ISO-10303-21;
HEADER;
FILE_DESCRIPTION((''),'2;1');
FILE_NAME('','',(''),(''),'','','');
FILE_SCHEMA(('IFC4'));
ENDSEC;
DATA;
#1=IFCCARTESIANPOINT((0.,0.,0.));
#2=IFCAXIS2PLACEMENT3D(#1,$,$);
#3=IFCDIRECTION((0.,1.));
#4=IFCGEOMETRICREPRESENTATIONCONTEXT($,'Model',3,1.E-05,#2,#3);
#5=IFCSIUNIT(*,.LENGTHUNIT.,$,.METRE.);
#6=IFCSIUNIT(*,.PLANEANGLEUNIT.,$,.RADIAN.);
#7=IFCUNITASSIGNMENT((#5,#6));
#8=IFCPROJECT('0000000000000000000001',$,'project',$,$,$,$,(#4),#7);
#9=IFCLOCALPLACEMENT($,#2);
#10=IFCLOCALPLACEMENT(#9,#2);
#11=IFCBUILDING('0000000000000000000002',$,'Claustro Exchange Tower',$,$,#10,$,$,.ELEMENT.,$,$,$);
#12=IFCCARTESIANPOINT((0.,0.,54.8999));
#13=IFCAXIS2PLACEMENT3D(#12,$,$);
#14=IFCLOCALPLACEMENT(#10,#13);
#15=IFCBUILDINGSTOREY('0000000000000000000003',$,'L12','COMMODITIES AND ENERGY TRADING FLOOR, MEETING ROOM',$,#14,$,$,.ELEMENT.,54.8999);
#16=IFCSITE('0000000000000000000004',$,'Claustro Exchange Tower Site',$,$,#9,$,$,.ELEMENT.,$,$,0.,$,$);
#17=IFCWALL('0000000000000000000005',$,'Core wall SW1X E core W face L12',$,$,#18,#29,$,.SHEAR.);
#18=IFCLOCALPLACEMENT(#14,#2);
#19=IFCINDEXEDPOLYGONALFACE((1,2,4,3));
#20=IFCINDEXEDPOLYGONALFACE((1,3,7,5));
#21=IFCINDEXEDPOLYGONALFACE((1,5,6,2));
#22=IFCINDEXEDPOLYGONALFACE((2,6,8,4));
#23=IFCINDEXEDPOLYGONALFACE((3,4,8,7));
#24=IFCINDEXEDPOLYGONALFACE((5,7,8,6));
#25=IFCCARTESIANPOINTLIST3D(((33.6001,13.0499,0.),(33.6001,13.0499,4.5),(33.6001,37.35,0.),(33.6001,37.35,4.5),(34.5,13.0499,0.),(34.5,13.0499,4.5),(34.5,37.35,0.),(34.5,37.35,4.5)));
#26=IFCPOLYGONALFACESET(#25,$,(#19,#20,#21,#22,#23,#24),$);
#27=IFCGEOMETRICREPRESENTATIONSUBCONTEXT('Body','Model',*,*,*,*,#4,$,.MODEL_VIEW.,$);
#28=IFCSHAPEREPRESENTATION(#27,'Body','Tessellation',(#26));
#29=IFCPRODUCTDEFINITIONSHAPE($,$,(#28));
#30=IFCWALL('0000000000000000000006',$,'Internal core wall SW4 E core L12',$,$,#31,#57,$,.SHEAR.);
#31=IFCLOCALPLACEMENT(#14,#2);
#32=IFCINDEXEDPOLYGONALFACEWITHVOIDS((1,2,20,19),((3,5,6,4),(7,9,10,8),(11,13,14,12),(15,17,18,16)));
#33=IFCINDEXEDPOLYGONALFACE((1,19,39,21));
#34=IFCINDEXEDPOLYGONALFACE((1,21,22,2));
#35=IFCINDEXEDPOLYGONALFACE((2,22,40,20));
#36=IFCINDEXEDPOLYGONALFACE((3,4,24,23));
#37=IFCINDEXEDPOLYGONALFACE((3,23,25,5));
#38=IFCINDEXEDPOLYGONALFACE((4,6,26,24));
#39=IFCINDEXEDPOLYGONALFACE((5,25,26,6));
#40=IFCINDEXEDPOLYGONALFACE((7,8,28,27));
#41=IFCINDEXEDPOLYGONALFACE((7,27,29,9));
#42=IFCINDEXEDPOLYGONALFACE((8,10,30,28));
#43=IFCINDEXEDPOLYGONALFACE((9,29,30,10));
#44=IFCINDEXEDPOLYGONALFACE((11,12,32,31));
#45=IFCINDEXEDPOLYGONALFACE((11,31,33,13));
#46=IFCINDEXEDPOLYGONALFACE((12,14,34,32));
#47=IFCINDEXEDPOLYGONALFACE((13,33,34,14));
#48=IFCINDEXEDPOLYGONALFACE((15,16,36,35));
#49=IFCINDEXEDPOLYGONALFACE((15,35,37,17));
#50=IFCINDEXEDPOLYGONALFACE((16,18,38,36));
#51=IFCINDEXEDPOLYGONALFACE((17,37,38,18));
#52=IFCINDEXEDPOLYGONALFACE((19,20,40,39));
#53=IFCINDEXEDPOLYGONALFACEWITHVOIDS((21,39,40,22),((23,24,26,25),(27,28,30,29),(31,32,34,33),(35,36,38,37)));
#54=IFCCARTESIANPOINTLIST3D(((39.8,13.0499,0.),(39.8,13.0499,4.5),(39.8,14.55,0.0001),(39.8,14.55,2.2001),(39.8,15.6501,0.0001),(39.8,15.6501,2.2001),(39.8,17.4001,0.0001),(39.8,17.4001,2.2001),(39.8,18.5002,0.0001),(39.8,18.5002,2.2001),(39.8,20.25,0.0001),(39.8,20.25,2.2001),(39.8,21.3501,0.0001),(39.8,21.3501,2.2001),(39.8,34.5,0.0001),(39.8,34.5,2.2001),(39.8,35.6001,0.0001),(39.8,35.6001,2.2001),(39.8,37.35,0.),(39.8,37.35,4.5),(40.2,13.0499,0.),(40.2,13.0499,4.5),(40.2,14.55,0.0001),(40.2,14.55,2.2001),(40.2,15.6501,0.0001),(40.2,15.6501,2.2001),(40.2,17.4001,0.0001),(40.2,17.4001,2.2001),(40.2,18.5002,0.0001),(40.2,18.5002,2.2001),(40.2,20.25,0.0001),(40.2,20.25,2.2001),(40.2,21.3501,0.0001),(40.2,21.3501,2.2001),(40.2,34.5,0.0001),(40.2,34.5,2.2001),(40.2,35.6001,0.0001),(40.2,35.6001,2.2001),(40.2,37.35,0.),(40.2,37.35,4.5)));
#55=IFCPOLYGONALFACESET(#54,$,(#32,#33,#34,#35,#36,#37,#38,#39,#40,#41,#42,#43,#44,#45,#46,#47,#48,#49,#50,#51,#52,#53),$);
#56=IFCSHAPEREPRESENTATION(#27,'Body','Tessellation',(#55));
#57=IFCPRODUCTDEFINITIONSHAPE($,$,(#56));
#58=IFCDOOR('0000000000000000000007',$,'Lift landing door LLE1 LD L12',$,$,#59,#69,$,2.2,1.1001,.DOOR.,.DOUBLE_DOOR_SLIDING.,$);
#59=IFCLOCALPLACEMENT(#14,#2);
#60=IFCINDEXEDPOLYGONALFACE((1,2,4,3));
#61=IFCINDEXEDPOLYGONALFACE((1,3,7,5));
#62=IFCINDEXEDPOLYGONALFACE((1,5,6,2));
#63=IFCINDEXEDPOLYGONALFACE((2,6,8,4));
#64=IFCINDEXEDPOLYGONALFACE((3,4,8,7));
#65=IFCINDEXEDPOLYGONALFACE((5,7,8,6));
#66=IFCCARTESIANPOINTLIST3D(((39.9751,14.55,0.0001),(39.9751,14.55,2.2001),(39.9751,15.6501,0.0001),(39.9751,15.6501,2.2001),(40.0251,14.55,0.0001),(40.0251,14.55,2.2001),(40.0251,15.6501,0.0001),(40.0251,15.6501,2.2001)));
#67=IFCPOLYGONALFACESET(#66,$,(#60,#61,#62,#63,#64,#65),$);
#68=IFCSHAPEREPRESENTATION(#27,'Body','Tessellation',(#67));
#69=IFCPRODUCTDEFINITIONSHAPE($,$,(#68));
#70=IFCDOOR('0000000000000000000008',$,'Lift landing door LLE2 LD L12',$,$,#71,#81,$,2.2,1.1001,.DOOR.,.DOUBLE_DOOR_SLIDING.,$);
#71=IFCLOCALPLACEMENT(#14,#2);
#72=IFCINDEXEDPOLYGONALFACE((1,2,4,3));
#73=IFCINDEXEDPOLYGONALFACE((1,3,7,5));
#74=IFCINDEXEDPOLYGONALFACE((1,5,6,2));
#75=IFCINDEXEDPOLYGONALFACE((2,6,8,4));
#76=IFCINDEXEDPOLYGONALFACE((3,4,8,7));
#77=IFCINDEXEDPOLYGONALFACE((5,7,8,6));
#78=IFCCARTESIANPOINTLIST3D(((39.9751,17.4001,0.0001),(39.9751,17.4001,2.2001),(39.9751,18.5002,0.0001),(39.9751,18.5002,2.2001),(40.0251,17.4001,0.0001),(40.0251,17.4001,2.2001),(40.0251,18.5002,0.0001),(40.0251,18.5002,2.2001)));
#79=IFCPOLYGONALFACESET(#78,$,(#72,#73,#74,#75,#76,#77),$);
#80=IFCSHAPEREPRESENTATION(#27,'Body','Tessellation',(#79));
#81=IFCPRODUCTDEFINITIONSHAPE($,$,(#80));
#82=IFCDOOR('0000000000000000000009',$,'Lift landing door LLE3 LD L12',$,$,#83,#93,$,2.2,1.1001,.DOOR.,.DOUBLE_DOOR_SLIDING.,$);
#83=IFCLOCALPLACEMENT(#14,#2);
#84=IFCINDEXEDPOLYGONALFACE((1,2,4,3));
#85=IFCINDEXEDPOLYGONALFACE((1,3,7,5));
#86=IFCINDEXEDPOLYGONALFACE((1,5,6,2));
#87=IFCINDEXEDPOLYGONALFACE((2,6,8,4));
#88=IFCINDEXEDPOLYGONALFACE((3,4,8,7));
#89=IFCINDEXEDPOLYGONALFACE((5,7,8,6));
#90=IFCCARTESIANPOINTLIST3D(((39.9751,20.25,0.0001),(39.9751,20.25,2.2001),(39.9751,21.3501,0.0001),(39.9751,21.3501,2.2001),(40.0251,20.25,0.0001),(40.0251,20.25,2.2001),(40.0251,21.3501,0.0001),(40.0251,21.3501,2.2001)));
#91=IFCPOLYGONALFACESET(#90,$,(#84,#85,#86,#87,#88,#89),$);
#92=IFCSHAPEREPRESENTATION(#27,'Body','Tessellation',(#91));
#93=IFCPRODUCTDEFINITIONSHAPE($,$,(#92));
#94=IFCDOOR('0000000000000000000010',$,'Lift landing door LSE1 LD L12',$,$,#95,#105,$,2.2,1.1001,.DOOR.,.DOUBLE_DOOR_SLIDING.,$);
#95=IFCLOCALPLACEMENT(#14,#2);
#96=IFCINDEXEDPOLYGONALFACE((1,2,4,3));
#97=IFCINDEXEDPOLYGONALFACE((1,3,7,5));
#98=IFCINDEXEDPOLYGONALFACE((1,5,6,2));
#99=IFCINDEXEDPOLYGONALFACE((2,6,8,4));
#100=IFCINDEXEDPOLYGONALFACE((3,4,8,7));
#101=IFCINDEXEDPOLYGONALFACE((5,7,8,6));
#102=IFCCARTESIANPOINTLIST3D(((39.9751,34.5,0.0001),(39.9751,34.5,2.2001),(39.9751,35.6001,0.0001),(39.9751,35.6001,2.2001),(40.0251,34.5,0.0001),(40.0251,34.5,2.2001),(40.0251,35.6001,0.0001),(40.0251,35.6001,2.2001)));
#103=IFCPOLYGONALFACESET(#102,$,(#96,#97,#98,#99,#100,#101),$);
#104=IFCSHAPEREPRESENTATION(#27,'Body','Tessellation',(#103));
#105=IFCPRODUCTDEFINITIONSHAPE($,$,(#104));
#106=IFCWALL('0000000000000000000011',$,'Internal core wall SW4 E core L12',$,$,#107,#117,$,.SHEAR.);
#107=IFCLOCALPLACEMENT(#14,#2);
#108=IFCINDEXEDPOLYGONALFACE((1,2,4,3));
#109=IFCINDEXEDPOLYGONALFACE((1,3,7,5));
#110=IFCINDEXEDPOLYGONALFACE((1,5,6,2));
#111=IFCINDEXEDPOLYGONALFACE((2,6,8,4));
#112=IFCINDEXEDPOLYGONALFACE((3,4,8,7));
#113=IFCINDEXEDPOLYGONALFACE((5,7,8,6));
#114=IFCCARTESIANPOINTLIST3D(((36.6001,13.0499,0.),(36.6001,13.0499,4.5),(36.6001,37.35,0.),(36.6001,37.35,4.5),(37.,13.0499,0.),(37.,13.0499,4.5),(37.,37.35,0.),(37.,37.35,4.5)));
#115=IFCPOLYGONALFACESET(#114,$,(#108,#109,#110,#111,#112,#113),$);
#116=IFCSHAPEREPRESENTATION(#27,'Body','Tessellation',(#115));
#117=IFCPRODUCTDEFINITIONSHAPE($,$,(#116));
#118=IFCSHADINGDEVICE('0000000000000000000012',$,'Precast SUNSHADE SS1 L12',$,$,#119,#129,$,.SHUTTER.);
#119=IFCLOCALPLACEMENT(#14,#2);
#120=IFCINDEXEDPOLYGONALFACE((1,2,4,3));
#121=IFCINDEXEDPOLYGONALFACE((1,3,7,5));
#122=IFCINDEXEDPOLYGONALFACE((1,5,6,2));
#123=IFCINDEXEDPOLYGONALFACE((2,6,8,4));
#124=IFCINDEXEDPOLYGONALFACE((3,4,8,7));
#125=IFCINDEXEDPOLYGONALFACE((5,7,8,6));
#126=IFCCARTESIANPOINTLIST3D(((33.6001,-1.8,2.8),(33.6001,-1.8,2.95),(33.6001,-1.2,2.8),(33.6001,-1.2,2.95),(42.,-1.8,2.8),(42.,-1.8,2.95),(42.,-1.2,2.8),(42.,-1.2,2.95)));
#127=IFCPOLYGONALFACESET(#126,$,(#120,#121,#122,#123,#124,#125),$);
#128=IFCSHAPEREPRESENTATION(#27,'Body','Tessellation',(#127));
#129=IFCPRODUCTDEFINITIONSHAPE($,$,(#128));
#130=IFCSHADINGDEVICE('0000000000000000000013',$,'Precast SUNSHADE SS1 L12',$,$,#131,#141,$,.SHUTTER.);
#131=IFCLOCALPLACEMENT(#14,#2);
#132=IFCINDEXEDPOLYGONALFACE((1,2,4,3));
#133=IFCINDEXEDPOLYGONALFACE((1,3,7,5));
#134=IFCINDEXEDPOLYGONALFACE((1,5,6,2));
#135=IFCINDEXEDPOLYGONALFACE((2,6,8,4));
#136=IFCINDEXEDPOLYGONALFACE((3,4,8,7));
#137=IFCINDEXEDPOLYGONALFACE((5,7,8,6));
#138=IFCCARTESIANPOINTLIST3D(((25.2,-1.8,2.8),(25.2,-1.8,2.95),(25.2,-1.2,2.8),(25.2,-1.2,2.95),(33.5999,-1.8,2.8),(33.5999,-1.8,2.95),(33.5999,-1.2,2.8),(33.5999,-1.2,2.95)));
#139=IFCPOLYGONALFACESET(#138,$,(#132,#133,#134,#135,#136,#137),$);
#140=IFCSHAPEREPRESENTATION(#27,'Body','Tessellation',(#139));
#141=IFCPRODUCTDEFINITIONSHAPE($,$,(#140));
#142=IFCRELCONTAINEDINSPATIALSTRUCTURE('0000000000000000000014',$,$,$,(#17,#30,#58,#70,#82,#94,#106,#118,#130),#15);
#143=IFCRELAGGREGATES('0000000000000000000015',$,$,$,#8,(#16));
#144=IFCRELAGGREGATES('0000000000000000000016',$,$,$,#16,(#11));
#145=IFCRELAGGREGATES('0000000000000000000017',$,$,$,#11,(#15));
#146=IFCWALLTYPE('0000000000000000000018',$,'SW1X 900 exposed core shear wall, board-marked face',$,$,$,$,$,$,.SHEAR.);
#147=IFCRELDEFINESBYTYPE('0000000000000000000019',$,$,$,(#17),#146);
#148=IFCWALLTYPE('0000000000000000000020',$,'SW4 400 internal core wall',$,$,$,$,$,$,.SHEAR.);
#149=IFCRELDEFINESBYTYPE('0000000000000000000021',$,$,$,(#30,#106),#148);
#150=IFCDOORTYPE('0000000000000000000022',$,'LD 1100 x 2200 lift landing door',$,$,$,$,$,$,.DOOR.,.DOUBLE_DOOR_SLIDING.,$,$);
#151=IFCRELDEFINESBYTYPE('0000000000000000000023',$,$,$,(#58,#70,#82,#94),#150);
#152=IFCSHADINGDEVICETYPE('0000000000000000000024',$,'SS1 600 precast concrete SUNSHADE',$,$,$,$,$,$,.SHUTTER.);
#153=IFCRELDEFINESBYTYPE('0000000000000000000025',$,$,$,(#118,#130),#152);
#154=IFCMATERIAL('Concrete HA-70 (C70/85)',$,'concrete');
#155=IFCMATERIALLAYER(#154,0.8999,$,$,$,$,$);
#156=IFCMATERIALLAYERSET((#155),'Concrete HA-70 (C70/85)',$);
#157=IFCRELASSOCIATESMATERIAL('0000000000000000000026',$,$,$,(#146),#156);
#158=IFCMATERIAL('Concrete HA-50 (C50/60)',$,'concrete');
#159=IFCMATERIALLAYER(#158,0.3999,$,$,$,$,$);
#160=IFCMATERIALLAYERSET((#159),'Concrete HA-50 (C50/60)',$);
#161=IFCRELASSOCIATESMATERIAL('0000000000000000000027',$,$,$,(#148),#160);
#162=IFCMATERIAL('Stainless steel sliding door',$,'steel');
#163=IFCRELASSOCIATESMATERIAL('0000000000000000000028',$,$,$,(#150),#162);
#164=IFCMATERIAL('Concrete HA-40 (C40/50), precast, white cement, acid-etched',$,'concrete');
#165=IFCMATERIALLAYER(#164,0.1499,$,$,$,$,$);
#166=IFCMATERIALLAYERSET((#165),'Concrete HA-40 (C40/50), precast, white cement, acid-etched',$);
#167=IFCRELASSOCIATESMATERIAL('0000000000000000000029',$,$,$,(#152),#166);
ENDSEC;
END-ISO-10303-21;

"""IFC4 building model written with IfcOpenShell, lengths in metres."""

from ifc_helpers import new_model, si_unit, direction, frame, frame_2d, origin, origin_2d, place, context, subcontext, project, spatial, rectangle, extrude, material, layer, layer_set, type_object, element, fill, save


model = new_model("IFC4")

# Units and contexts
model_context = context("Model", 3, precision=1e-05, world=origin(), true_north=direction((0.0, 1.0)))
body_context = subcontext(model_context, "Body", "Model", "MODEL_VIEW")
ifc_project = project(units=[si_unit("LENGTHUNIT", "METRE"), si_unit("PLANEANGLEUNIT", "RADIAN")], contexts=[model_context])

# Site, building, storey
site_placement = place(None, origin())
site = spatial("IfcSite", under=ifc_project, at=site_placement, Name="Claustro Exchange Tower Site", CompositionType="ELEMENT", RefElevation=0.0)
building_placement = place(site_placement, origin())
building = spatial("IfcBuilding", under=site, at=building_placement, Name="Claustro Exchange Tower", CompositionType="ELEMENT")
storey_placement = place(building_placement, frame((0.0, 0.0, 54.8999)))
storey = spatial("IfcBuildingStorey", under=building, at=storey_placement, Name="L12", Description="COMMODITIES AND ENERGY TRADING FLOOR, MEETING ROOM", CompositionType="ELEMENT", Elevation=54.8999)

# Wall
ifc_material_1 = material(Name="Concrete HA-70 (C70/85)", Category="concrete")
ifc_layer_1 = layer(ifc_material_1, 0.8999)
ifc_layer_set_1 = layer_set([ifc_layer_1], Name="Concrete HA-70 (C70/85)")
wall_type_1 = type_object("IfcWallType", Name="SW1X 900 exposed core shear wall, board-marked face", PredefinedType="SHEAR", material=ifc_layer_set_1)
wall_1_placement = place(storey_placement, frame((34.05, 13.05, 0.0), z_axis=(0.0, 0.0, 1.0), x_axis=(0.0, 1.0, 0.0)))
element("IfcWall", 1, at=wall_1_placement, inside=storey, type_object=wall_type_1, Name="Core wall SW1X E core W face L12", PredefinedType="SHEAR", context=body_context, shape_type="SweptSolid", body=[
    extrude(rectangle(XDim=24.3, YDim=0.8999, at=frame_2d((12.1499, 0.0))), origin(), (0.0, 0.0, 1.0), 4.5),
])

# Wall, openings, doors
ifc_material_2 = material(Name="Concrete HA-50 (C50/60)", Category="concrete")
ifc_layer_2 = layer(ifc_material_2, 0.3999)
ifc_layer_set_2 = layer_set([ifc_layer_2], Name="Concrete HA-50 (C50/60)")
wall_type_2 = type_object("IfcWallType", Name="SW4 400 internal core wall", PredefinedType="SHEAR", material=ifc_layer_set_2)
wall_2_placement = place(storey_placement, frame((40.0, 13.05, 0.0), z_axis=(0.0, 0.0, 1.0), x_axis=(0.0, 1.0, 0.0)))
wall_2 = element("IfcWall", 2, at=wall_2_placement, inside=storey, type_object=wall_type_2, Name="Internal core wall SW4 E core L12", PredefinedType="SHEAR", context=body_context, shape_type="SweptSolid", body=[
    extrude(rectangle(XDim=24.3, YDim=0.3999, at=frame_2d((12.1499, 0.0))), origin(), (0.0, 0.0, 1.0), 4.5),
])
opening_1_placement = place(wall_2_placement, frame((1.5, 0.0, 0.0)))
opening_1 = element("IfcOpeningElement", 3, at=opening_1_placement, cuts=wall_2, PredefinedType="OPENING", context=body_context, shape_type="SweptSolid", body=[
    extrude(rectangle(XDim=1.1001, YDim=2.2, at=frame_2d((0.55, 1.1001))), frame((0.0, 0.21, 0.0), z_axis=(0.0, -1.0, 0.0), x_axis=(1.0, 0.0, 0.0)), (0.0, 0.0, 1.0), 0.4199),
])
opening_2_placement = place(wall_2_placement, frame((4.3501, 0.0, 0.0)))
opening_2 = element("IfcOpeningElement", 4, at=opening_2_placement, cuts=wall_2, PredefinedType="OPENING", context=body_context, shape_type="SweptSolid", body=[
    extrude(rectangle(XDim=1.1001, YDim=2.2, at=frame_2d((0.55, 1.1001))), frame((0.0, 0.21, 0.0), z_axis=(0.0, -1.0, 0.0), x_axis=(1.0, 0.0, 0.0)), (0.0, 0.0, 1.0), 0.4199),
])
opening_3_placement = place(wall_2_placement, frame((7.2, 0.0, 0.0)))
opening_3 = element("IfcOpeningElement", 5, at=opening_3_placement, cuts=wall_2, PredefinedType="OPENING", context=body_context, shape_type="SweptSolid", body=[
    extrude(rectangle(XDim=1.1001, YDim=2.2, at=frame_2d((0.55, 1.1001))), frame((0.0, 0.21, 0.0), z_axis=(0.0, -1.0, 0.0), x_axis=(1.0, 0.0, 0.0)), (0.0, 0.0, 1.0), 0.4199),
])
opening_4_placement = place(wall_2_placement, frame((21.45, 0.0, 0.0)))
opening_4 = element("IfcOpeningElement", 6, at=opening_4_placement, cuts=wall_2, PredefinedType="OPENING", context=body_context, shape_type="SweptSolid", body=[
    extrude(rectangle(XDim=1.1001, YDim=2.2, at=frame_2d((0.55, 1.1001))), frame((0.0, 0.21, 0.0), z_axis=(0.0, -1.0, 0.0), x_axis=(1.0, 0.0, 0.0)), (0.0, 0.0, 1.0), 0.4199),
])
ifc_material_3 = material(Name="Stainless steel sliding door", Category="steel")
door_type_1 = type_object("IfcDoorType", Name="LD 1100 x 2200 lift landing door", OperationType="DOUBLE_DOOR_SLIDING", PredefinedType="DOOR", material=ifc_material_3)
door_1_placement = place(opening_1_placement, origin())
door_1 = element("IfcDoor", 7, at=door_1_placement, inside=storey, type_object=door_type_1, Name="Lift landing door LLE1 LD L12", OperationType="DOUBLE_DOOR_SLIDING", OverallHeight=2.2, OverallWidth=1.1001, PredefinedType="DOOR", context=body_context, shape_type="SweptSolid", body=[
    extrude(rectangle(XDim=1.1001, YDim=2.2, at=frame_2d((0.55, 1.1001))), frame((0.0, 0.0249, 0.0), z_axis=(0.0, -1.0, 0.0), x_axis=(1.0, 0.0, 0.0)), (0.0, 0.0, 1.0), 0.05),
])
fill(opening_1, door_1)
door_2_placement = place(opening_2_placement, origin())
door_2 = element("IfcDoor", 8, at=door_2_placement, inside=storey, type_object=door_type_1, Name="Lift landing door LLE2 LD L12", OperationType="DOUBLE_DOOR_SLIDING", OverallHeight=2.2, OverallWidth=1.1001, PredefinedType="DOOR", context=body_context, shape_type="SweptSolid", body=[
    extrude(rectangle(XDim=1.1001, YDim=2.2, at=frame_2d((0.55, 1.1001))), frame((0.0, 0.0249, 0.0), z_axis=(0.0, -1.0, 0.0), x_axis=(1.0, 0.0, 0.0)), (0.0, 0.0, 1.0), 0.05),
])
fill(opening_2, door_2)
door_3_placement = place(opening_3_placement, origin())
door_3 = element("IfcDoor", 9, at=door_3_placement, inside=storey, type_object=door_type_1, Name="Lift landing door LLE3 LD L12", OperationType="DOUBLE_DOOR_SLIDING", OverallHeight=2.2, OverallWidth=1.1001, PredefinedType="DOOR", context=body_context, shape_type="SweptSolid", body=[
    extrude(rectangle(XDim=1.1001, YDim=2.2, at=frame_2d((0.55, 1.1001))), frame((0.0, 0.0249, 0.0), z_axis=(0.0, -1.0, 0.0), x_axis=(1.0, 0.0, 0.0)), (0.0, 0.0, 1.0), 0.05),
])
fill(opening_3, door_3)
door_4_placement = place(opening_4_placement, origin())
door_4 = element("IfcDoor", 10, at=door_4_placement, inside=storey, type_object=door_type_1, Name="Lift landing door LSE1 LD L12", OperationType="DOUBLE_DOOR_SLIDING", OverallHeight=2.2, OverallWidth=1.1001, PredefinedType="DOOR", context=body_context, shape_type="SweptSolid", body=[
    extrude(rectangle(XDim=1.1001, YDim=2.2, at=frame_2d((0.55, 1.1001))), frame((0.0, 0.0249, 0.0), z_axis=(0.0, -1.0, 0.0), x_axis=(1.0, 0.0, 0.0)), (0.0, 0.0, 1.0), 0.05),
])
fill(opening_4, door_4)

# Wall
wall_3_placement = place(storey_placement, frame((36.8, 13.05, 0.0), z_axis=(0.0, 0.0, 1.0), x_axis=(0.0, 1.0, 0.0)))
element("IfcWall", 11, at=wall_3_placement, inside=storey, type_object=wall_type_2, Name="Internal core wall SW4 E core L12", PredefinedType="SHEAR", context=body_context, shape_type="SweptSolid", body=[
    extrude(rectangle(XDim=24.3, YDim=0.3999, at=frame_2d((12.1499, 0.0))), origin(), (0.0, 0.0, 1.0), 4.5),
])

# Shading devices
ifc_material_4 = material(Name="Concrete HA-40 (C40/50), precast, white cement, acid-etched", Category="concrete")
ifc_layer_3 = layer(ifc_material_4, 0.1499)
ifc_layer_set_3 = layer_set([ifc_layer_3], Name="Concrete HA-40 (C40/50), precast, white cement, acid-etched")
shading_device_type = type_object("IfcShadingDeviceType", Name="SS1 600 precast concrete SUNSHADE", PredefinedType="SHUTTER", material=ifc_layer_set_3)
for number, where, z_axis, x_axis, name in (
    (12, (37.8, -1.5, 2.8), (0.0, 0.0, 1.0), (-1.0, 0.0, 0.0), "Precast SUNSHADE SS1 L12"),
    (13, (29.3999, -1.5, 2.8), (0.0, 0.0, 1.0), (-1.0, 0.0, 0.0), "Precast SUNSHADE SS1 L12"),
):
    element("IfcShadingDevice", number, at=place(storey_placement, frame(where, z_axis=z_axis, x_axis=x_axis)), inside=storey, type_object=shading_device_type, Name=name, PredefinedType="SHUTTER", context=body_context, shape_type="SweptSolid", body=[
        extrude(rectangle(XDim=8.3999, YDim=0.6001, at=origin_2d()), origin(), (0.0, 0.0, 1.0), 0.1499),
    ])

save(model, "model.ifc")
